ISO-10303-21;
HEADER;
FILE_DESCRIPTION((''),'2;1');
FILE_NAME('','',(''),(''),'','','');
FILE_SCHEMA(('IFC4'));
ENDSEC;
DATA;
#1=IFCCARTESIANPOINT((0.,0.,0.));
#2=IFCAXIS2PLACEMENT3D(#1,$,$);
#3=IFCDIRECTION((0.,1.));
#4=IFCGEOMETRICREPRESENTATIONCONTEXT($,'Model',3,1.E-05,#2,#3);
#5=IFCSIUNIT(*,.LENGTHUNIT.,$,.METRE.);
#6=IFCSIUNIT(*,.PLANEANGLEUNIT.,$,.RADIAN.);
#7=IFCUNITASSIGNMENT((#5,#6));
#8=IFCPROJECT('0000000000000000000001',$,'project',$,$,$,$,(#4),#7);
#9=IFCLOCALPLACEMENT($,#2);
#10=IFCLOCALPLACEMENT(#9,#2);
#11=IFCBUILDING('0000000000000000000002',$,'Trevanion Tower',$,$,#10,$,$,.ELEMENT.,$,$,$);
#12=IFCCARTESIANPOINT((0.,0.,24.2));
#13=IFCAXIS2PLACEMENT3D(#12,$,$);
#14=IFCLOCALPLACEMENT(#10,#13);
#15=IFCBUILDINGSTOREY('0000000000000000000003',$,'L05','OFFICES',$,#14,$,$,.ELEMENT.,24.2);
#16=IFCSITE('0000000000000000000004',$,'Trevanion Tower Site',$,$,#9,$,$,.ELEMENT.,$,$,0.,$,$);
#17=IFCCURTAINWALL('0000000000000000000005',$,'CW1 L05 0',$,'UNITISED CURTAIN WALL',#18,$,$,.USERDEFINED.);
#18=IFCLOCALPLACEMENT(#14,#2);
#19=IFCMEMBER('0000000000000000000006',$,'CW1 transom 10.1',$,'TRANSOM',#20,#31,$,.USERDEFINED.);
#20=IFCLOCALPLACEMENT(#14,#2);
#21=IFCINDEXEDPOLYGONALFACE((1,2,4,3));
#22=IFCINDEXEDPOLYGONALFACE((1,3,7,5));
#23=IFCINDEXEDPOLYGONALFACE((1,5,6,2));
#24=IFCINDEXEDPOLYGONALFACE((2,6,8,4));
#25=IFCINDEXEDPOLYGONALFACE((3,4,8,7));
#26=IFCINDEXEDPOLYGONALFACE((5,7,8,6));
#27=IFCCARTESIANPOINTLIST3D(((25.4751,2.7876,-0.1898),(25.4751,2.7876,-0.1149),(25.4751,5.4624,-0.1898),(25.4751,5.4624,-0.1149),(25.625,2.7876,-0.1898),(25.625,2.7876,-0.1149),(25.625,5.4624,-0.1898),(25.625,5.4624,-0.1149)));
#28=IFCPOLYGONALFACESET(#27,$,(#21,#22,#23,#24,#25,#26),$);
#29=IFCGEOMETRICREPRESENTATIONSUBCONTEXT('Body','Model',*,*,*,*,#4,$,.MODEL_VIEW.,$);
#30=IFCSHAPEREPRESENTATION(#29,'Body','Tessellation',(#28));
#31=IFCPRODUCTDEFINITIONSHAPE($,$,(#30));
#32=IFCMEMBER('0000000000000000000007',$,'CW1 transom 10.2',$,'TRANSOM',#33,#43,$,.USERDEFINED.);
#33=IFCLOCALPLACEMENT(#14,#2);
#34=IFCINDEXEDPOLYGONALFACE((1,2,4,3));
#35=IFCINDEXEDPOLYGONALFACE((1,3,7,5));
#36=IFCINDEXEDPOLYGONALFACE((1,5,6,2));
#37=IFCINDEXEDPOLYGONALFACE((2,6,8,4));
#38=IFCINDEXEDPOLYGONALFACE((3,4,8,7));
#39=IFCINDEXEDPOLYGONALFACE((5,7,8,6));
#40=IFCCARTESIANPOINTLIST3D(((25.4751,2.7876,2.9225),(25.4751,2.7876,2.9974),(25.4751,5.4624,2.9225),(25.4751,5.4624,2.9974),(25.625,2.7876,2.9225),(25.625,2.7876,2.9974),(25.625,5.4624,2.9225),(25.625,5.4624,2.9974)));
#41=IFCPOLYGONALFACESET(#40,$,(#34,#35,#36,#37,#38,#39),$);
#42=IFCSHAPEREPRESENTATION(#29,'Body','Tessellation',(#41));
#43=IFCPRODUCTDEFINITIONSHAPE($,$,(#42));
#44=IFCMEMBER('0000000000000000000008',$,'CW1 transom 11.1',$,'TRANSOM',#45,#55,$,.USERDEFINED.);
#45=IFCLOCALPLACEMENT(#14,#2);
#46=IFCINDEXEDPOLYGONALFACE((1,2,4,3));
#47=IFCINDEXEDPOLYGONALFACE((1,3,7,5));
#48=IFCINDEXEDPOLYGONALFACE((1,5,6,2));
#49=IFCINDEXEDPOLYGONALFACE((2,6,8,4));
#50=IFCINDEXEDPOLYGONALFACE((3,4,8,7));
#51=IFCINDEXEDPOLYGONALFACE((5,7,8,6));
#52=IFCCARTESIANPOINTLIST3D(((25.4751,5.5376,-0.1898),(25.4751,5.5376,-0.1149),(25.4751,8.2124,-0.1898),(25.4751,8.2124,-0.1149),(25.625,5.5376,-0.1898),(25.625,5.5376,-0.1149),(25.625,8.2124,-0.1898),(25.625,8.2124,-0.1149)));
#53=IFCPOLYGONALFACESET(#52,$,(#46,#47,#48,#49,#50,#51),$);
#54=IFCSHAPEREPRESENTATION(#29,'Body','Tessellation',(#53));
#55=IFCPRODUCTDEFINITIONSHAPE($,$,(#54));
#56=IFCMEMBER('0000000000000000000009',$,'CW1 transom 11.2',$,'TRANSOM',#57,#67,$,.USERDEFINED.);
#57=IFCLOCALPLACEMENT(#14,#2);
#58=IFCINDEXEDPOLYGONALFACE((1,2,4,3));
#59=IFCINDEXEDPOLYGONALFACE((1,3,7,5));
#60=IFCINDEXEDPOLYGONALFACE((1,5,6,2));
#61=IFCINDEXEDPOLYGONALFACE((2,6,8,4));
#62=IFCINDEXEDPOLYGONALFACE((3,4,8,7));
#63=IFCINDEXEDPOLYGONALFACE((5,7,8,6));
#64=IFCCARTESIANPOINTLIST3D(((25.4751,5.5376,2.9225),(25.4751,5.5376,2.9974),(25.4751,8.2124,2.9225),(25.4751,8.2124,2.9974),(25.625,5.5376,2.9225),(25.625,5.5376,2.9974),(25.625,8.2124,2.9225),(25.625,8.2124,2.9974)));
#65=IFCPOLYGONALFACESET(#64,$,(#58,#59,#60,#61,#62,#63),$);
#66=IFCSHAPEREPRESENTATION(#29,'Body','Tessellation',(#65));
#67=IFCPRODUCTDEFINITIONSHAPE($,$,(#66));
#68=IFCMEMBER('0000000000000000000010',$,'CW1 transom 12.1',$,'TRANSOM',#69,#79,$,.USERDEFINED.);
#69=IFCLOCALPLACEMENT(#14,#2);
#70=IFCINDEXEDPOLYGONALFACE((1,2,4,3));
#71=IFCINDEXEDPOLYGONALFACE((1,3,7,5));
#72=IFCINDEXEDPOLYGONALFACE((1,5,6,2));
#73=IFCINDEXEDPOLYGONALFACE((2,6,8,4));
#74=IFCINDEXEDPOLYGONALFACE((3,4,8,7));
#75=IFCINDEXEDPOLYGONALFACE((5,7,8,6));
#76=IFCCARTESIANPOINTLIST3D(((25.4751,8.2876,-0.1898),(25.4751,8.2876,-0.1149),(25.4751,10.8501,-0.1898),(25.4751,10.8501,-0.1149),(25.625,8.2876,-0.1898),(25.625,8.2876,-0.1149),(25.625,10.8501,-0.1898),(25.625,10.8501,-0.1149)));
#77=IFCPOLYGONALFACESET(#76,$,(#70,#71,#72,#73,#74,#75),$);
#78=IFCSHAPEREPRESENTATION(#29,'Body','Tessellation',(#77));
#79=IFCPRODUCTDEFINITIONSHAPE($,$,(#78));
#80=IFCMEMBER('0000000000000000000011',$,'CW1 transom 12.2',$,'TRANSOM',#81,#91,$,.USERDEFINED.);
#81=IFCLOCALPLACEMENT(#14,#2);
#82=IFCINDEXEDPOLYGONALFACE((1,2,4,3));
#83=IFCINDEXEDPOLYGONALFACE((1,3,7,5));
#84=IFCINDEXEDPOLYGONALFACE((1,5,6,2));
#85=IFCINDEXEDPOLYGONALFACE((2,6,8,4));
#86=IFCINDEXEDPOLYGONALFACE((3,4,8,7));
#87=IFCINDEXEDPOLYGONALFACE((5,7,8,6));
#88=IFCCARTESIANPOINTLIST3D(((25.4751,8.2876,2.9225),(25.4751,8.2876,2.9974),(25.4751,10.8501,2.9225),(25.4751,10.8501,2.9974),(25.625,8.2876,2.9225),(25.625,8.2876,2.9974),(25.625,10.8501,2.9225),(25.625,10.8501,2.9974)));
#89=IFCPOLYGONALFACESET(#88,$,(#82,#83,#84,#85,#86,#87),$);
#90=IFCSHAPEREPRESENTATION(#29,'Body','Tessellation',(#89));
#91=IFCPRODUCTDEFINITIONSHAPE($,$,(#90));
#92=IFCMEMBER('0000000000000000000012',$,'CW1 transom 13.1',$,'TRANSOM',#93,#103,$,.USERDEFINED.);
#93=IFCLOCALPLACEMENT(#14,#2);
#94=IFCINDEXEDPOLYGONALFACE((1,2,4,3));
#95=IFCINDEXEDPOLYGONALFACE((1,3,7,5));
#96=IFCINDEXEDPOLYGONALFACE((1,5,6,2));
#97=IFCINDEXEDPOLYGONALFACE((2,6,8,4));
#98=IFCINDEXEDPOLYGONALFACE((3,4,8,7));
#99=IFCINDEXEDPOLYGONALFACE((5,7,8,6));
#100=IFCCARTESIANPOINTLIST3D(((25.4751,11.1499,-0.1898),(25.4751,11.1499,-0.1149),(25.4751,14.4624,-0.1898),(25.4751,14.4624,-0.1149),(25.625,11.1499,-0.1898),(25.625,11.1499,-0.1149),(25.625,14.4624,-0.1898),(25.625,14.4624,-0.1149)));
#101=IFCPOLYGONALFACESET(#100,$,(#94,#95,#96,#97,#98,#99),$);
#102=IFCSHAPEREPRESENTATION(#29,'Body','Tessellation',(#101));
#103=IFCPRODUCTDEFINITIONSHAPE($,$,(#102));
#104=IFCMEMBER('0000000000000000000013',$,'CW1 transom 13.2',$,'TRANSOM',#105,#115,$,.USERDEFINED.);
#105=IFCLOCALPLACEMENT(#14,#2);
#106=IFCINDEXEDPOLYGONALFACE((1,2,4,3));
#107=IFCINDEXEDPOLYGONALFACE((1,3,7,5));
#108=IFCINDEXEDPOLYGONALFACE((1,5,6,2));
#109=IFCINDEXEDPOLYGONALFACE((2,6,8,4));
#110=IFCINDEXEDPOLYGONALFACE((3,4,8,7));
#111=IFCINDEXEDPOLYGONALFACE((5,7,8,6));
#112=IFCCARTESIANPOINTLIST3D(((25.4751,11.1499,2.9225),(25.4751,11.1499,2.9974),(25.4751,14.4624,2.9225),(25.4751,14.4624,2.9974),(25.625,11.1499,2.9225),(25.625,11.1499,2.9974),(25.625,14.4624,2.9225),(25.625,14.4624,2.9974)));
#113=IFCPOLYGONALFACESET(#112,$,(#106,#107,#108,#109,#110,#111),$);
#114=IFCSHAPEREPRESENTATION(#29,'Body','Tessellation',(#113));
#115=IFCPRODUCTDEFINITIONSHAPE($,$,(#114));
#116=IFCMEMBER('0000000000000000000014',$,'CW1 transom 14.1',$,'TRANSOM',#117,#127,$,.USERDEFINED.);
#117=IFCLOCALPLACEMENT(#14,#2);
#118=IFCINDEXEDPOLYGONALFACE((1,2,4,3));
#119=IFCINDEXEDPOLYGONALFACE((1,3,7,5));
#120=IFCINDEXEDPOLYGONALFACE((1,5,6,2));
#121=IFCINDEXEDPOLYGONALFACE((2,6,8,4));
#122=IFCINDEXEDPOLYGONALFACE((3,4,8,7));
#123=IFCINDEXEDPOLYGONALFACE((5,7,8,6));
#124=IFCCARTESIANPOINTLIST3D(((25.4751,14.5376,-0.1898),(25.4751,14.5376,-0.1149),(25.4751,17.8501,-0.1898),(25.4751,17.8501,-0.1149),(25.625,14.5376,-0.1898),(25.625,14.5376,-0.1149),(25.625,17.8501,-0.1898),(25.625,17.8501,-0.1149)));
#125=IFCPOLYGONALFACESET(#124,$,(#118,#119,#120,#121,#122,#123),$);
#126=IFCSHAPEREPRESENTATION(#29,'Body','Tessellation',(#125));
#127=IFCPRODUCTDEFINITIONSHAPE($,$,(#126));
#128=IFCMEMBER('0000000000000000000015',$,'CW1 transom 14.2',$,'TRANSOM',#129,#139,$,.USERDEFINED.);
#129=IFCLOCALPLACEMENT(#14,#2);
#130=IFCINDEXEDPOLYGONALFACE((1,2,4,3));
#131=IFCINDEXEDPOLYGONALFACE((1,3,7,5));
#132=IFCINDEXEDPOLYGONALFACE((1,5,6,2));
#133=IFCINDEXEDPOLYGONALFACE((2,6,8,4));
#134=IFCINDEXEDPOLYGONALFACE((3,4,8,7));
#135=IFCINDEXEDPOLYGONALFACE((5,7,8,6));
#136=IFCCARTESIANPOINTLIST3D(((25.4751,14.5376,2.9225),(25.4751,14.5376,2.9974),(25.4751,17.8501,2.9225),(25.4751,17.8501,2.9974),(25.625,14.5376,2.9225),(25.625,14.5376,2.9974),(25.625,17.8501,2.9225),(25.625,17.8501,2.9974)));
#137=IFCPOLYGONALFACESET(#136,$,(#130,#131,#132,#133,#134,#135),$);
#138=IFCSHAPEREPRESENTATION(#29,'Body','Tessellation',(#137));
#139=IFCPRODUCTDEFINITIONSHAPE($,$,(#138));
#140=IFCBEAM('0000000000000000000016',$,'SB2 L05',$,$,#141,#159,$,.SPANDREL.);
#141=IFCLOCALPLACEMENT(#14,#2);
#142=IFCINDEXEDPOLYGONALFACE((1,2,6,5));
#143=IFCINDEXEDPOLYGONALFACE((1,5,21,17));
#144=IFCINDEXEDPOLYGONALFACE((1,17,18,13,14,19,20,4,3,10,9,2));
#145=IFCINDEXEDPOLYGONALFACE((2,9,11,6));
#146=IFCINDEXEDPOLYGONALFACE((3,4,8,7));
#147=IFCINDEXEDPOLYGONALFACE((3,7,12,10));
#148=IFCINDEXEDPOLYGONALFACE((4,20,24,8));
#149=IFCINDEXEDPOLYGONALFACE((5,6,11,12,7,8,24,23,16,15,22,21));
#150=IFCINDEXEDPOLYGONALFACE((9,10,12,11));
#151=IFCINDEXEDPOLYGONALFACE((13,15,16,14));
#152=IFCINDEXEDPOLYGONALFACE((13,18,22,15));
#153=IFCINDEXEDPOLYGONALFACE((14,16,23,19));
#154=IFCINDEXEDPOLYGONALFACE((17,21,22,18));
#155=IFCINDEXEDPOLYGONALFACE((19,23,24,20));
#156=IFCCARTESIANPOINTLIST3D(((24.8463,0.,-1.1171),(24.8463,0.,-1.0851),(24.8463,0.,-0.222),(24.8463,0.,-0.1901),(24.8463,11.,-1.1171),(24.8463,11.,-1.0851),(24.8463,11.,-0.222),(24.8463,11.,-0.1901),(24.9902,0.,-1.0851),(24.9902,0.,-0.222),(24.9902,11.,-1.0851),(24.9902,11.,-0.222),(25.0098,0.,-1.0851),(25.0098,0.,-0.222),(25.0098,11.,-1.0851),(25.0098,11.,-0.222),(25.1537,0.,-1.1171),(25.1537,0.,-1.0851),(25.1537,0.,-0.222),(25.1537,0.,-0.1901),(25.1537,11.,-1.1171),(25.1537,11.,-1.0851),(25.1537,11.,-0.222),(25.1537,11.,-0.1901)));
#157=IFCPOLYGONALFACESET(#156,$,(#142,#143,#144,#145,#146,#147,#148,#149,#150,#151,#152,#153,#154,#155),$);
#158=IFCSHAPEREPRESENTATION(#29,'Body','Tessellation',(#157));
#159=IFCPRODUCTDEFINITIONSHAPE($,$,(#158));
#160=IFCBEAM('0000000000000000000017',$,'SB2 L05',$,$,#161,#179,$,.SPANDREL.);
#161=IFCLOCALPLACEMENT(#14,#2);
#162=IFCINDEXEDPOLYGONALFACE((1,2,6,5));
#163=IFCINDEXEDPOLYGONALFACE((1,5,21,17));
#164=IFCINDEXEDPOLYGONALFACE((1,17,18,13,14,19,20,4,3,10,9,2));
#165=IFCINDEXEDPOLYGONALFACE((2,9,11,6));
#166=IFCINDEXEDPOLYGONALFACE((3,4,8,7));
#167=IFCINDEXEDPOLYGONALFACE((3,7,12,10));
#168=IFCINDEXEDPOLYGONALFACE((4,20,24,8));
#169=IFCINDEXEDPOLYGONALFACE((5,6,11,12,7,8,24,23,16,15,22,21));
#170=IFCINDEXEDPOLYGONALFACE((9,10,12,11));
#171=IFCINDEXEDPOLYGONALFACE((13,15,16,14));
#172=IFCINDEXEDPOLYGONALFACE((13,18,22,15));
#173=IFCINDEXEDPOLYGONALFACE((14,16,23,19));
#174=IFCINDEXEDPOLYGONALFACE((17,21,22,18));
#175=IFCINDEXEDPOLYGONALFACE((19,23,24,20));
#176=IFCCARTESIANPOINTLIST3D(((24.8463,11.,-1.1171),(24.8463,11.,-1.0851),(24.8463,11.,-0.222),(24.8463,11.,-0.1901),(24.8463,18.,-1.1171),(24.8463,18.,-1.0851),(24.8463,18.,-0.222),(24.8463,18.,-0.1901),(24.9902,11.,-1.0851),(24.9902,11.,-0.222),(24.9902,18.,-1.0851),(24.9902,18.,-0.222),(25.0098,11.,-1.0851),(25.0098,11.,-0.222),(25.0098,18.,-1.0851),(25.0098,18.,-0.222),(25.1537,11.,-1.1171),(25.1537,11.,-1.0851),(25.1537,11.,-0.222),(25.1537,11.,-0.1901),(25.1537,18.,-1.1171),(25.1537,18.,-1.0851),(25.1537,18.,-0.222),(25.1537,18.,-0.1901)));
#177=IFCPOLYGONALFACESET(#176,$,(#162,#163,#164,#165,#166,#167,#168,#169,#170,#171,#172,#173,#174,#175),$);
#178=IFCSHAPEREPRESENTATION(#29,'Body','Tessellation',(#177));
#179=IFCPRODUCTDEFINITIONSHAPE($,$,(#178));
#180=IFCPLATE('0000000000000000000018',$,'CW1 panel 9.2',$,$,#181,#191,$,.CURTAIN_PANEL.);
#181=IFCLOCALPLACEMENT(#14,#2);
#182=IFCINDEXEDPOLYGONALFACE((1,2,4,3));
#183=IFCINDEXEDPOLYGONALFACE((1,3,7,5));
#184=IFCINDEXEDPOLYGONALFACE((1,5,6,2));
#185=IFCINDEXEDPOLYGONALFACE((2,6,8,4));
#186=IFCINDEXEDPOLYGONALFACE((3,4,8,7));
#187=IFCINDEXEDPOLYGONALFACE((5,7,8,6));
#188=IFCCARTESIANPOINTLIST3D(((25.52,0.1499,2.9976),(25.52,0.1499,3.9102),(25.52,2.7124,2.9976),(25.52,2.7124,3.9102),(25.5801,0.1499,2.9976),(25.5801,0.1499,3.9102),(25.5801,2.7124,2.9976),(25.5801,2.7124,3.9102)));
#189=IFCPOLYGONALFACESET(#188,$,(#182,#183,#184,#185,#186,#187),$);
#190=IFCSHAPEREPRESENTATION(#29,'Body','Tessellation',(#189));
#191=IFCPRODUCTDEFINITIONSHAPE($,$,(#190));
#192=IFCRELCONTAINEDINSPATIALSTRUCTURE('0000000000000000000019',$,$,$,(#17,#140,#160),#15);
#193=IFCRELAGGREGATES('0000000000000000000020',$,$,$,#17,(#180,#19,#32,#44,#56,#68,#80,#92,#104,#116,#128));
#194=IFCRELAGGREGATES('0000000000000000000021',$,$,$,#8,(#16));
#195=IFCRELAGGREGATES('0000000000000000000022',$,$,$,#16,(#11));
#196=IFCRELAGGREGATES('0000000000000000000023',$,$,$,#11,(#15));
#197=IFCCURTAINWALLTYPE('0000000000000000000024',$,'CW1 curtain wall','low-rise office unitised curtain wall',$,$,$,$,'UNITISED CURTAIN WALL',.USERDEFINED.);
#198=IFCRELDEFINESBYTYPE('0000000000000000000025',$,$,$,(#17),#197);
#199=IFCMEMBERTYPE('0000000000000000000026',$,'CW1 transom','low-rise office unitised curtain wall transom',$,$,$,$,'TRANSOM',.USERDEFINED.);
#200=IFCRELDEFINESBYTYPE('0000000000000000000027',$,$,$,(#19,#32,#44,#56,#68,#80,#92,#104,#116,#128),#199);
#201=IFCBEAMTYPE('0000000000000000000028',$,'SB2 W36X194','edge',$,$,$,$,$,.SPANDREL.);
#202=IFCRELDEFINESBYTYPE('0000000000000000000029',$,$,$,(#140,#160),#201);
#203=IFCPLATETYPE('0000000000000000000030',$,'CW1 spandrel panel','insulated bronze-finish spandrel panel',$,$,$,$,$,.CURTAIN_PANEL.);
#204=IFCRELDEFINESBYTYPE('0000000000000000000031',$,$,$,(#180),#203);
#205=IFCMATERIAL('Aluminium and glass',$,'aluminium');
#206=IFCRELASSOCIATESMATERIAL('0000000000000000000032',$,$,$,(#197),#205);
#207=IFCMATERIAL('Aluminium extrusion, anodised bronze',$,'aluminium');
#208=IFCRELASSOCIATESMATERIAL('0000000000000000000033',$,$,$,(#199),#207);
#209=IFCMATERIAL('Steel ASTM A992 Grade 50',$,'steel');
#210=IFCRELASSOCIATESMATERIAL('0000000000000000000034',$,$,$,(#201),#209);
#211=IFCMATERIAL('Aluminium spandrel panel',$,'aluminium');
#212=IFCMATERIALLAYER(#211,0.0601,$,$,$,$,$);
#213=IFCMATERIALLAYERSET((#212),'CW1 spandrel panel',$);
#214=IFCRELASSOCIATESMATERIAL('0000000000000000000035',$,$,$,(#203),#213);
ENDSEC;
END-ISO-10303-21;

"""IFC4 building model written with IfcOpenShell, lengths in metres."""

from ifc_helpers import new_model, si_unit, direction, frame, origin, origin_2d, place, context, subcontext, project, spatial, rectangle, i_section, extrude, material, layer, layer_set, material_profile, profile_set, type_object, element, aggregate, save


model = new_model("IFC4")

# Units and contexts
model_context = context("Model", 3, precision=1e-05, world=origin(), true_north=direction((0.0, 1.0)))
body_context = subcontext(model_context, "Body", "Model", "MODEL_VIEW")
ifc_project = project(units=[si_unit("LENGTHUNIT", "METRE"), si_unit("PLANEANGLEUNIT", "RADIAN")], contexts=[model_context])

# Site, building, storey
site_placement = place(None, origin())
site = spatial("IfcSite", under=ifc_project, at=site_placement, Name="Trevanion Tower Site", CompositionType="ELEMENT", RefElevation=0.0)
building_placement = place(site_placement, origin())
building = spatial("IfcBuilding", under=site, at=building_placement, Name="Trevanion Tower", CompositionType="ELEMENT")
storey_placement = place(building_placement, frame((0.0, 0.0, 24.2)))
storey = spatial("IfcBuildingStorey", under=building, at=storey_placement, Name="L05", Description="OFFICES", CompositionType="ELEMENT", Elevation=24.2)

# Curtain wall, members
ifc_material_1 = material(Name="Aluminium and glass", Category="aluminium")
curtain_wall_type = type_object("IfcCurtainWallType", Name="CW1 curtain wall", Description="low-rise office unitised curtain wall", ElementType="UNITISED CURTAIN WALL", PredefinedType="USERDEFINED", material=ifc_material_1)
curtain_wall_placement = place(storey_placement, origin())
curtain_wall = element("IfcCurtainWall", 1, at=curtain_wall_placement, inside=storey, type_object=curtain_wall_type, Name="CW1 L05 0", ObjectType="UNITISED CURTAIN WALL", PredefinedType="USERDEFINED")
ifc_material_2 = material(Name="Aluminium extrusion, anodised bronze", Category="aluminium")
ifc_material_profile_1 = material_profile(ifc_material_2, rectangle(XDim=0.1499, YDim=0.075, at=origin_2d()), Name="CW1 transom")
ifc_profile_set_1 = profile_set([ifc_material_profile_1], Name="Aluminium extrusion, anodised bronze")
member_type_1 = type_object("IfcMemberType", Name="CW1 transom", Description="low-rise office unitised curtain wall transom", ElementType="TRANSOM", PredefinedType="USERDEFINED", material=ifc_profile_set_1)
member_1_placement = place(storey_placement, frame((25.55, 2.7876, -0.1523), z_axis=(0.0, 1.0, 0.0), x_axis=(-1.0, 0.0, 0.0)))
member_1 = element("IfcMember", 2, at=member_1_placement, type_object=member_type_1, Name="CW1 transom 10.1", ObjectType="TRANSOM", PredefinedType="USERDEFINED", context=body_context, shape_type="SweptSolid", body=[
    extrude(rectangle(XDim=0.1499, YDim=0.075, at=origin_2d()), origin(), (0.0, 0.0, 1.0), 2.6748),
])
member_2_placement = place(storey_placement, frame((25.55, 2.7876, 2.96), z_axis=(0.0, 1.0, 0.0), x_axis=(-1.0, 0.0, 0.0)))
member_2 = element("IfcMember", 3, at=member_2_placement, type_object=member_type_1, Name="CW1 transom 10.2", ObjectType="TRANSOM", PredefinedType="USERDEFINED", context=body_context, shape_type="SweptSolid", body=[
    extrude(rectangle(XDim=0.1499, YDim=0.075, at=origin_2d()), origin(), (0.0, 0.0, 1.0), 2.6748),
])
member_3_placement = place(storey_placement, frame((25.55, 5.5376, -0.1523), z_axis=(0.0, 1.0, 0.0), x_axis=(-1.0, 0.0, 0.0)))
member_3 = element("IfcMember", 4, at=member_3_placement, type_object=member_type_1, Name="CW1 transom 11.1", ObjectType="TRANSOM", PredefinedType="USERDEFINED", context=body_context, shape_type="SweptSolid", body=[
    extrude(rectangle(XDim=0.1499, YDim=0.075, at=origin_2d()), origin(), (0.0, 0.0, 1.0), 2.6748),
])
member_4_placement = place(storey_placement, frame((25.55, 5.5376, 2.96), z_axis=(0.0, 1.0, 0.0), x_axis=(-1.0, 0.0, 0.0)))
member_4 = element("IfcMember", 5, at=member_4_placement, type_object=member_type_1, Name="CW1 transom 11.2", ObjectType="TRANSOM", PredefinedType="USERDEFINED", context=body_context, shape_type="SweptSolid", body=[
    extrude(rectangle(XDim=0.1499, YDim=0.075, at=origin_2d()), origin(), (0.0, 0.0, 1.0), 2.6748),
])
member_5_placement = place(storey_placement, frame((25.55, 8.2876, -0.1523), z_axis=(0.0, 1.0, 0.0), x_axis=(-1.0, 0.0, 0.0)))
member_5 = element("IfcMember", 6, at=member_5_placement, type_object=member_type_1, Name="CW1 transom 12.1", ObjectType="TRANSOM", PredefinedType="USERDEFINED", context=body_context, shape_type="SweptSolid", body=[
    extrude(rectangle(XDim=0.1499, YDim=0.075, at=origin_2d()), origin(), (0.0, 0.0, 1.0), 2.5625),
])
member_6_placement = place(storey_placement, frame((25.55, 8.2876, 2.96), z_axis=(0.0, 1.0, 0.0), x_axis=(-1.0, 0.0, 0.0)))
member_6 = element("IfcMember", 7, at=member_6_placement, type_object=member_type_1, Name="CW1 transom 12.2", ObjectType="TRANSOM", PredefinedType="USERDEFINED", context=body_context, shape_type="SweptSolid", body=[
    extrude(rectangle(XDim=0.1499, YDim=0.075, at=origin_2d()), origin(), (0.0, 0.0, 1.0), 2.5625),
])
member_7_placement = place(storey_placement, frame((25.55, 11.1499, -0.1523), z_axis=(0.0, 1.0, 0.0), x_axis=(-1.0, 0.0, 0.0)))
member_7 = element("IfcMember", 8, at=member_7_placement, type_object=member_type_1, Name="CW1 transom 13.1", ObjectType="TRANSOM", PredefinedType="USERDEFINED", context=body_context, shape_type="SweptSolid", body=[
    extrude(rectangle(XDim=0.1499, YDim=0.075, at=origin_2d()), origin(), (0.0, 0.0, 1.0), 3.3125),
])
member_8_placement = place(storey_placement, frame((25.55, 11.1499, 2.96), z_axis=(0.0, 1.0, 0.0), x_axis=(-1.0, 0.0, 0.0)))
member_8 = element("IfcMember", 9, at=member_8_placement, type_object=member_type_1, Name="CW1 transom 13.2", ObjectType="TRANSOM", PredefinedType="USERDEFINED", context=body_context, shape_type="SweptSolid", body=[
    extrude(rectangle(XDim=0.1499, YDim=0.075, at=origin_2d()), origin(), (0.0, 0.0, 1.0), 3.3125),
])
member_9_placement = place(storey_placement, frame((25.55, 14.5376, -0.1523), z_axis=(0.0, 1.0, 0.0), x_axis=(-1.0, 0.0, 0.0)))
member_9 = element("IfcMember", 10, at=member_9_placement, type_object=member_type_1, Name="CW1 transom 14.1", ObjectType="TRANSOM", PredefinedType="USERDEFINED", context=body_context, shape_type="SweptSolid", body=[
    extrude(rectangle(XDim=0.1499, YDim=0.075, at=origin_2d()), origin(), (0.0, 0.0, 1.0), 3.3125),
])
member_10_placement = place(storey_placement, frame((25.55, 14.5376, 2.96), z_axis=(0.0, 1.0, 0.0), x_axis=(-1.0, 0.0, 0.0)))
member_10 = element("IfcMember", 11, at=member_10_placement, type_object=member_type_1, Name="CW1 transom 14.2", ObjectType="TRANSOM", PredefinedType="USERDEFINED", context=body_context, shape_type="SweptSolid", body=[
    extrude(rectangle(XDim=0.1499, YDim=0.075, at=origin_2d()), origin(), (0.0, 0.0, 1.0), 3.3125),
])

# Beams
ifc_material_3 = material(Name="Steel ASTM A992 Grade 50", Category="steel")
ifc_material_profile_2 = material_profile(ifc_material_3, i_section(OverallWidth=0.3074, OverallDepth=0.927, WebThickness=0.0195, FlangeThickness=0.032, at=origin_2d()), Name="W36X194")
ifc_profile_set_2 = profile_set([ifc_material_profile_2], Name="Steel ASTM A992 Grade 50")
beam_type_1 = type_object("IfcBeamType", Name="SB2 W36X194", Description="edge", PredefinedType="SPANDREL", material=ifc_profile_set_2)
beam_1_placement = place(storey_placement, frame((25.0, 0.0, -0.6536), z_axis=(0.0, 1.0, 0.0), x_axis=(-1.0, 0.0, 0.0)))
element("IfcBeam", 12, at=beam_1_placement, inside=storey, type_object=beam_type_1, Name="SB2 L05", PredefinedType="SPANDREL", context=body_context, shape_type="SweptSolid", body=[
    extrude(i_section(OverallWidth=0.3074, OverallDepth=0.927, WebThickness=0.0195, FlangeThickness=0.032, at=origin_2d()), origin(), (0.0, 0.0, 1.0), 11.0),
])
beam_2_placement = place(storey_placement, frame((25.0, 11.0, -0.6536), z_axis=(0.0, 1.0, 0.0), x_axis=(-1.0, 0.0, 0.0)))
element("IfcBeam", 13, at=beam_2_placement, inside=storey, type_object=beam_type_1, Name="SB2 L05", PredefinedType="SPANDREL", context=body_context, shape_type="SweptSolid", body=[
    extrude(i_section(OverallWidth=0.3074, OverallDepth=0.927, WebThickness=0.0195, FlangeThickness=0.032, at=origin_2d()), origin(), (0.0, 0.0, 1.0), 7.0),
])

# Plate
ifc_material_4 = material(Name="Aluminium spandrel panel", Category="aluminium")
ifc_layer_1 = layer(ifc_material_4, 0.0601)
ifc_layer_set_1 = layer_set([ifc_layer_1], Name="CW1 spandrel panel")
plate_type_1 = type_object("IfcPlateType", Name="CW1 spandrel panel", Description="insulated bronze-finish spandrel panel", PredefinedType="CURTAIN_PANEL", material=ifc_layer_set_1)
plate_1_placement = place(storey_placement, frame((25.55, 1.4312, 2.9976), z_axis=(0.0, 0.0, 1.0), x_axis=(0.0, 1.0, 0.0)))
plate_1 = element("IfcPlate", 14, at=plate_1_placement, type_object=plate_type_1, Name="CW1 panel 9.2", PredefinedType="CURTAIN_PANEL", context=body_context, shape_type="SweptSolid", body=[
    extrude(rectangle(XDim=2.5625, YDim=0.0601, at=origin_2d()), origin(), (0.0, 0.0, 1.0), 0.9126),
])
aggregate(curtain_wall, [plate_1, member_1, member_2, member_3, member_4, member_5, member_6, member_7, member_8, member_9, member_10])

save(model, "model.ifc")
